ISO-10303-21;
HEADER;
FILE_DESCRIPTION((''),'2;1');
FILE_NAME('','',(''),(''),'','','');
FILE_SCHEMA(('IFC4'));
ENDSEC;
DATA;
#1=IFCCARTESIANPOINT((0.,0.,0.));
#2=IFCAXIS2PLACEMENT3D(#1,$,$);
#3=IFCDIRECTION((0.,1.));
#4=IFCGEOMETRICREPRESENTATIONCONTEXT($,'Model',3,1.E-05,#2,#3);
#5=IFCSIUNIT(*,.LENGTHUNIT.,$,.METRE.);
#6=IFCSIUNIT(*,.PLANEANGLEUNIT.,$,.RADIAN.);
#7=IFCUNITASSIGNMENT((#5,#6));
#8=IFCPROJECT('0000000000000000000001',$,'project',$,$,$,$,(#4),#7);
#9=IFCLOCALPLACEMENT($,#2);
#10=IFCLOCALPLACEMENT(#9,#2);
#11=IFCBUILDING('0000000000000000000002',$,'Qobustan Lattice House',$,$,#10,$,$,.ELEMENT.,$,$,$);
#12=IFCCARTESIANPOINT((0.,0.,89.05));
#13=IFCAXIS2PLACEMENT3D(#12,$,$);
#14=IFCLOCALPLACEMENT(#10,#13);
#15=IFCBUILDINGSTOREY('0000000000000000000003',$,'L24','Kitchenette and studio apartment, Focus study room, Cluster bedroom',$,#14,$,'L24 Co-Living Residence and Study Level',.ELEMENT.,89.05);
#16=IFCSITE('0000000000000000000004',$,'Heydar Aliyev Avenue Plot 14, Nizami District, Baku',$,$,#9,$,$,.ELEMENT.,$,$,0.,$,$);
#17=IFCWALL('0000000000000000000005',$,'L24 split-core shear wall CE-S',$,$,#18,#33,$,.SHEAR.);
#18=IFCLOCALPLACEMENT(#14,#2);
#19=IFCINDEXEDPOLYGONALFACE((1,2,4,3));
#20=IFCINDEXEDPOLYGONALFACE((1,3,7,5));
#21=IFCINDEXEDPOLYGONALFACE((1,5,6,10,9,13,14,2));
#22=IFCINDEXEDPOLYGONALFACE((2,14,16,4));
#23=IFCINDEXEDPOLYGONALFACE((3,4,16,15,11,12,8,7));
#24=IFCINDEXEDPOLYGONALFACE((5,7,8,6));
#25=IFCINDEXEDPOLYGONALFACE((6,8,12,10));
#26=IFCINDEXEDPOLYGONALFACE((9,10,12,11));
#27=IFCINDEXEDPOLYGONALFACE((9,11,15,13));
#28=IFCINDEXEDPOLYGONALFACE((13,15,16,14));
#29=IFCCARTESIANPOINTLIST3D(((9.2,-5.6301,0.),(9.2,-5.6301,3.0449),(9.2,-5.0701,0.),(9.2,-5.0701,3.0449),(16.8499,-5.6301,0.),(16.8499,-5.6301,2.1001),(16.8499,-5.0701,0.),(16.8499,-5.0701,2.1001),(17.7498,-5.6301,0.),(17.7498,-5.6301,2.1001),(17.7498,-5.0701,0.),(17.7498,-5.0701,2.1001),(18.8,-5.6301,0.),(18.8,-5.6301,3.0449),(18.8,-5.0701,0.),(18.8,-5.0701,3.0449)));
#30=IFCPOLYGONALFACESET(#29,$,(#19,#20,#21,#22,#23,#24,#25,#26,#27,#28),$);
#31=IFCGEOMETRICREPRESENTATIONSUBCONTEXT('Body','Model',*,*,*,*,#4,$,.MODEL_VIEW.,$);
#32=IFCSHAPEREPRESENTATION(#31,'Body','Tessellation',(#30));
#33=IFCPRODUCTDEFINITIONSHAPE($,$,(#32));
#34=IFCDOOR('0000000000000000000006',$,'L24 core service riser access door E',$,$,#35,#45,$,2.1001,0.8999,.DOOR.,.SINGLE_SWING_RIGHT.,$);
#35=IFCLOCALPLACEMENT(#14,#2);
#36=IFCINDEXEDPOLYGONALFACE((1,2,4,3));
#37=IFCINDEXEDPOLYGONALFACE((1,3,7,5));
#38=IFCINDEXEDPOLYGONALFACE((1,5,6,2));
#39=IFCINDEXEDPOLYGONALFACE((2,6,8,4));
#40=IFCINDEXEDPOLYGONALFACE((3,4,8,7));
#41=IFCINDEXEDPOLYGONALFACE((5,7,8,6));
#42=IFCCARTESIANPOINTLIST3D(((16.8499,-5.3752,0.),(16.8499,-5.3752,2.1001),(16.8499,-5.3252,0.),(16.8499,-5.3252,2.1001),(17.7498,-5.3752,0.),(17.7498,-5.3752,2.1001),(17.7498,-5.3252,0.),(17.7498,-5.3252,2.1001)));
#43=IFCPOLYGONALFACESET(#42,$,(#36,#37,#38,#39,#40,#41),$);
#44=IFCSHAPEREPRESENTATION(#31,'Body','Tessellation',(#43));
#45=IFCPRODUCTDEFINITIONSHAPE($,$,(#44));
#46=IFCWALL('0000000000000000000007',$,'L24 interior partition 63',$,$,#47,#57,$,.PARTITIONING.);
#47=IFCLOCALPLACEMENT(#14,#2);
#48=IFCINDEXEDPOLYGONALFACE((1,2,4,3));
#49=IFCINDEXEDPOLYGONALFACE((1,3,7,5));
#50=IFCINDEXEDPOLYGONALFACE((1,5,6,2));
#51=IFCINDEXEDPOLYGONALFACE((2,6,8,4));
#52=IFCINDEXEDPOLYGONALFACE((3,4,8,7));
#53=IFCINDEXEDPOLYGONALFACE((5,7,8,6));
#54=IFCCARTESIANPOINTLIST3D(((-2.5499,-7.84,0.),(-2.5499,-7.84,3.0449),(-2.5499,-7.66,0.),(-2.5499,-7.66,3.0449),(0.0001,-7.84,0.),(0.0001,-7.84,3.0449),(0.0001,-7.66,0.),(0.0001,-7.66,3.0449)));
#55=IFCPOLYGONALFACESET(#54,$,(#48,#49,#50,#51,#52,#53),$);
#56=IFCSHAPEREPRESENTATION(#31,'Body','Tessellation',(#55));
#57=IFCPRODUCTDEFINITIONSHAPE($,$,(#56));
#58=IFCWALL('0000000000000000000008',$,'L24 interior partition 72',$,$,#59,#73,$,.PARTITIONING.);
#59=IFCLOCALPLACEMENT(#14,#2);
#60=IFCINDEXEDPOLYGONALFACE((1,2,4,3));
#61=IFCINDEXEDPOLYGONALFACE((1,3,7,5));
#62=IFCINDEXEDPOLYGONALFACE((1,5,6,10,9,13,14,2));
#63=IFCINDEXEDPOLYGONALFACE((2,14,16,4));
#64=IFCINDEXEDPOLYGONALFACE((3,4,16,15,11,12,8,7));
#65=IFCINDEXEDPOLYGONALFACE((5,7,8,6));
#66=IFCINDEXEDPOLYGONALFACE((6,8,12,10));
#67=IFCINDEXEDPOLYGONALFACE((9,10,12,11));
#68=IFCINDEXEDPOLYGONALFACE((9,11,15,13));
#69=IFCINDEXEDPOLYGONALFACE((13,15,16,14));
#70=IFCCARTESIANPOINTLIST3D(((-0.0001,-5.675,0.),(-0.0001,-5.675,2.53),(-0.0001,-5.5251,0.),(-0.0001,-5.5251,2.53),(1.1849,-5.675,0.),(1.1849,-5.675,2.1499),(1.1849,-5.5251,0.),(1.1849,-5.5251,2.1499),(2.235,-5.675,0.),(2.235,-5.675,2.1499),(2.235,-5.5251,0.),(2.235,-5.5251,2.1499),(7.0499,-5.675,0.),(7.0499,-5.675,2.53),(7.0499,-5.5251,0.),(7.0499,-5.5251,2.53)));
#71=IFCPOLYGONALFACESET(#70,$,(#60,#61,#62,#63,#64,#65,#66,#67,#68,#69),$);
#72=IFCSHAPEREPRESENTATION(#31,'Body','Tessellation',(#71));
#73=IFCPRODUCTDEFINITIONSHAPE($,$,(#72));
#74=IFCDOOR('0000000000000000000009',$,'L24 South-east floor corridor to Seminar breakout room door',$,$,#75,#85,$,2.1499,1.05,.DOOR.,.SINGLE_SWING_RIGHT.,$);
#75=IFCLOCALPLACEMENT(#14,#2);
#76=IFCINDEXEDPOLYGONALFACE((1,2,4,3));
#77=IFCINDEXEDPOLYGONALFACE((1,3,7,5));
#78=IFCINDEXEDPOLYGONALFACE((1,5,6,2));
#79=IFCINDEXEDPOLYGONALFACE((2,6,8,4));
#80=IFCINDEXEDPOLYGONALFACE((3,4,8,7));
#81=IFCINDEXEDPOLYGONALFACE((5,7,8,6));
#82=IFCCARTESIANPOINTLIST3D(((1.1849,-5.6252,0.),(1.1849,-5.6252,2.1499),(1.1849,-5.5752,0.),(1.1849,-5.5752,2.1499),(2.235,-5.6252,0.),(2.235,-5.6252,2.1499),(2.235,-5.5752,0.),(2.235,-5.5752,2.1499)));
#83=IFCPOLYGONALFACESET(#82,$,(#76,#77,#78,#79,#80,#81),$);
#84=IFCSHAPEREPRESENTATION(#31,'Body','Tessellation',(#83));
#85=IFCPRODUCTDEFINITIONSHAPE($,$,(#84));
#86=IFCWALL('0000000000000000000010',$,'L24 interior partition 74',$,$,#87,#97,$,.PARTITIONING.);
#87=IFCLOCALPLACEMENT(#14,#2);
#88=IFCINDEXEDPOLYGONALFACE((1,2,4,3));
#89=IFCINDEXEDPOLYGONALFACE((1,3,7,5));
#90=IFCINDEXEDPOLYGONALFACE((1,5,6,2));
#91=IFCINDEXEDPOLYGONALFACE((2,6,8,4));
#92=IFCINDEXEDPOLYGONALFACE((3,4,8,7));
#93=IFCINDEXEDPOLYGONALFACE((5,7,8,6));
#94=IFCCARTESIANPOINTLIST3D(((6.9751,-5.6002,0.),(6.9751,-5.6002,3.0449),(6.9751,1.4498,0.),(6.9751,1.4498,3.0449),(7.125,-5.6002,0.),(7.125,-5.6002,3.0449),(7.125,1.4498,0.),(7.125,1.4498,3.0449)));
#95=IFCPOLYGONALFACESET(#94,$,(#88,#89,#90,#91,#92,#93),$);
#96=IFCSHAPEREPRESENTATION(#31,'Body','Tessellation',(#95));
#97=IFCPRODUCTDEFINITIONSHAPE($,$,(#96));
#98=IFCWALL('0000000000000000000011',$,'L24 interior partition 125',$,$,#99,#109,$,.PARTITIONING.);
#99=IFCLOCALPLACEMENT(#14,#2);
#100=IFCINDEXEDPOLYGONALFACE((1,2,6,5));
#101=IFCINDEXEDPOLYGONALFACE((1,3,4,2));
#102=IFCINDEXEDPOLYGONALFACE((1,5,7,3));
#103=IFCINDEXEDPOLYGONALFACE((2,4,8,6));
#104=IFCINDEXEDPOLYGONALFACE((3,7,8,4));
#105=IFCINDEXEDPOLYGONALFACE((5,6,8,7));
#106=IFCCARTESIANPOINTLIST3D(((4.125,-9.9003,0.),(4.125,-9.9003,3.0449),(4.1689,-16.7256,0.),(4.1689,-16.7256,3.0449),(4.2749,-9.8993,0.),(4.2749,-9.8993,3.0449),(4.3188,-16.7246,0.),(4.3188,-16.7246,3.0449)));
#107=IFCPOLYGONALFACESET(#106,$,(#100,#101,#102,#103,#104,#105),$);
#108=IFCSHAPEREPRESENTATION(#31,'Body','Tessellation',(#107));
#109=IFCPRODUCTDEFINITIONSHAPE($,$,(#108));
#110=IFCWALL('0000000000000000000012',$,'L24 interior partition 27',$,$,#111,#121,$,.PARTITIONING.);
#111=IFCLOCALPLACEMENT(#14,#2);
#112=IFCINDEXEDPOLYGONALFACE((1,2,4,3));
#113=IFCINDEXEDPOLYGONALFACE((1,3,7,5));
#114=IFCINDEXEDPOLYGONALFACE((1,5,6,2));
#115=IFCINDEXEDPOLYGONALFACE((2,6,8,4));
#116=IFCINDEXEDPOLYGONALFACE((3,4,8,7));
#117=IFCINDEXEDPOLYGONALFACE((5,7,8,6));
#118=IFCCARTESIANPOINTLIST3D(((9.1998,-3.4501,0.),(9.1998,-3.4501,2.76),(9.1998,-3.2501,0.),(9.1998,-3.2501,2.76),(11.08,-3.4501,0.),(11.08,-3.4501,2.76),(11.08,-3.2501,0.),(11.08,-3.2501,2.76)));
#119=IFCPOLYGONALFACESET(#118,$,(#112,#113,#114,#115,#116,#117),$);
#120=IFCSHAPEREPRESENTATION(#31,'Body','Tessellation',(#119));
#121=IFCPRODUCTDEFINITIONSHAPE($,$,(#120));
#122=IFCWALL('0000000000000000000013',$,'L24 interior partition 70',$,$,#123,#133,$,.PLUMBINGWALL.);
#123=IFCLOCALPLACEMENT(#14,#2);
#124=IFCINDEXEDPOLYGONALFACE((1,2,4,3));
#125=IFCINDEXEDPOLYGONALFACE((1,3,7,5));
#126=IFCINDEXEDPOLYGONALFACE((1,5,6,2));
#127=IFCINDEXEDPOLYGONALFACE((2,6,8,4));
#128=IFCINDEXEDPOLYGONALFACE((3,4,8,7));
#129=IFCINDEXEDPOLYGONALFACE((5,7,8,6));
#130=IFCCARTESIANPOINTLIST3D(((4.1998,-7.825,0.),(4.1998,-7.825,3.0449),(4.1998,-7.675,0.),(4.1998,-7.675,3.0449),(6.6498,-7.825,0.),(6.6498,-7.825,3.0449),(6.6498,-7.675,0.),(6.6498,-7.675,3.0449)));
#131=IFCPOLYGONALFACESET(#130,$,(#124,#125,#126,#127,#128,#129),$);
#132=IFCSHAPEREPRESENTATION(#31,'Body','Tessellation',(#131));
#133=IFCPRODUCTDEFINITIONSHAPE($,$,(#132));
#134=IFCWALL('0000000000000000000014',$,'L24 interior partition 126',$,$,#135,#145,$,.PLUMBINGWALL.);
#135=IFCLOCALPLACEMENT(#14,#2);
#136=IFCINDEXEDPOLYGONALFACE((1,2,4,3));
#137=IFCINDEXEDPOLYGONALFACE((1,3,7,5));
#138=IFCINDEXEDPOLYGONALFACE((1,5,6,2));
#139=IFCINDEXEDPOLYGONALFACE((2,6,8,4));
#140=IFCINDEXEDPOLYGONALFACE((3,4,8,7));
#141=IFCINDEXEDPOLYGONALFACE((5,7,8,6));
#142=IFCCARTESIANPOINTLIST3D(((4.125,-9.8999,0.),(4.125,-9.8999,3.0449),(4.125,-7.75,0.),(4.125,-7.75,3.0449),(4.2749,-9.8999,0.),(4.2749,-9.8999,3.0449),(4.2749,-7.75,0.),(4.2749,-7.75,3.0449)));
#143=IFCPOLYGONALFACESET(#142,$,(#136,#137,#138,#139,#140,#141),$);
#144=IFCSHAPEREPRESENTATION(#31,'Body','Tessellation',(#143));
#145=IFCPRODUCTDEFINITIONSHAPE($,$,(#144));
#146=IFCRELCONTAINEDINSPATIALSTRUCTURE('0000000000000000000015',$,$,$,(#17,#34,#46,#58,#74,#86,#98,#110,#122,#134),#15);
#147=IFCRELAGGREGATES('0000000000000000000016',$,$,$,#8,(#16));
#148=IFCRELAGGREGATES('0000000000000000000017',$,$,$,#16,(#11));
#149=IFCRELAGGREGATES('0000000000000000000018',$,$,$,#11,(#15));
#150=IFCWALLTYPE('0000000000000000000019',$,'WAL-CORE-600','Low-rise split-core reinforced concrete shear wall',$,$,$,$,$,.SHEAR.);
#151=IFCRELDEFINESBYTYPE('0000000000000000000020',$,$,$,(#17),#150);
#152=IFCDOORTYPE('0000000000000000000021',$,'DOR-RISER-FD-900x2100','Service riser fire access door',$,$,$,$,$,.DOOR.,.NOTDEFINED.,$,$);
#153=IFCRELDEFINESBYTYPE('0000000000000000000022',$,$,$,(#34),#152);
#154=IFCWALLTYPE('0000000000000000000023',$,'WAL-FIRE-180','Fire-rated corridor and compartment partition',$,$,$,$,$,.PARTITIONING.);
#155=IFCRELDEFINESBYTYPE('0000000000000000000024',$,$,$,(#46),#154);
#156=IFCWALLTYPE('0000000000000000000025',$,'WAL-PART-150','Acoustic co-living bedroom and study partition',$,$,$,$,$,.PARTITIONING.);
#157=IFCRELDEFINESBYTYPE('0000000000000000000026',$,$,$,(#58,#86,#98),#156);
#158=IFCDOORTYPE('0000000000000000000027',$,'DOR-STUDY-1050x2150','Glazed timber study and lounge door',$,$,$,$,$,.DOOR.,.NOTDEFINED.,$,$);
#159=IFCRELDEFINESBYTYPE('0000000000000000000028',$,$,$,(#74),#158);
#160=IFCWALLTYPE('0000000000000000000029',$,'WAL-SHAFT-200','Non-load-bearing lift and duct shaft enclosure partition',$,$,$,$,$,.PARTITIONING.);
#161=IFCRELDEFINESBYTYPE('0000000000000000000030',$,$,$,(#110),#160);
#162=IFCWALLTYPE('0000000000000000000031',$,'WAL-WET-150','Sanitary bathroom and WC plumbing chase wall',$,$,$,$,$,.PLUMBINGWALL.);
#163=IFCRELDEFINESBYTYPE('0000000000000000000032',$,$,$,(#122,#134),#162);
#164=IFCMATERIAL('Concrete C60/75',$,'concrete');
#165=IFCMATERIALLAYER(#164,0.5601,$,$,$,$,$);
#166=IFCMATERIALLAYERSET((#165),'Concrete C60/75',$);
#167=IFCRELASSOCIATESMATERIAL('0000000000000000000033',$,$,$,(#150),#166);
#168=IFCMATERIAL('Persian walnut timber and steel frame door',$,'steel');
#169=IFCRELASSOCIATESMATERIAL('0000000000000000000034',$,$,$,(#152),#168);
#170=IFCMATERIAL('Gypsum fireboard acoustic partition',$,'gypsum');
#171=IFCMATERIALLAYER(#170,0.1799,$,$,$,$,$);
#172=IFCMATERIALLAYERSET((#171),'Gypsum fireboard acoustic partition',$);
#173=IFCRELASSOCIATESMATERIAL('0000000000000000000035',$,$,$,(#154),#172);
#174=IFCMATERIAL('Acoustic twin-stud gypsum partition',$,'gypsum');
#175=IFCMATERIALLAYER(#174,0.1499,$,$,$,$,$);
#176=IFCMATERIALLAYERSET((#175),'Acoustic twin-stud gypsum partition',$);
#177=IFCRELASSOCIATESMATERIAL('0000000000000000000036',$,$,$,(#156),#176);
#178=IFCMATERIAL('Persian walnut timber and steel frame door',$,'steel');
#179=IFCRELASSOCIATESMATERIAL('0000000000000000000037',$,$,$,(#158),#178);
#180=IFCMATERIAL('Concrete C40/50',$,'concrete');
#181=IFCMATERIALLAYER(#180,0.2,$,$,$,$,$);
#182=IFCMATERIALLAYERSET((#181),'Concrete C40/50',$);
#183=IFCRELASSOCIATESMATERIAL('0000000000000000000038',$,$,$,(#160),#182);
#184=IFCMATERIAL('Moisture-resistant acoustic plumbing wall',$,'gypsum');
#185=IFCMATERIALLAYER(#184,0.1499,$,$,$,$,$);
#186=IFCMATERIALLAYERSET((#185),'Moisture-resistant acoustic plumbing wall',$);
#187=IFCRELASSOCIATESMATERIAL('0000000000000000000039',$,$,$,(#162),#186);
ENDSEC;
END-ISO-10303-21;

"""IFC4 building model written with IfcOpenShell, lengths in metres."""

from ifc_helpers import new_model, si_unit, direction, frame, frame_2d, origin, place, context, subcontext, project, spatial, rectangle, extrude, material, layer, layer_set, type_object, element, fill, save


model = new_model("IFC4")

# Units and contexts
model_context = context("Model", 3, precision=1e-05, world=origin(), true_north=direction((0.0, 1.0)))
body_context = subcontext(model_context, "Body", "Model", "MODEL_VIEW")
ifc_project = project(units=[si_unit("LENGTHUNIT", "METRE"), si_unit("PLANEANGLEUNIT", "RADIAN")], contexts=[model_context])

# Site, building, storey
site_placement = place(None, origin())
site = spatial("IfcSite", under=ifc_project, at=site_placement, Name="Heydar Aliyev Avenue Plot 14, Nizami District, Baku", CompositionType="ELEMENT", RefElevation=0.0)
building_placement = place(site_placement, origin())
building = spatial("IfcBuilding", under=site, at=building_placement, Name="Qobustan Lattice House", CompositionType="ELEMENT")
storey_placement = place(building_placement, frame((0.0, 0.0, 89.05)))
storey = spatial("IfcBuildingStorey", under=building, at=storey_placement, Name="L24", Description="Kitchenette and studio apartment, Focus study room, Cluster bedroom", LongName="L24 Co-Living Residence and Study Level", CompositionType="ELEMENT", Elevation=89.05)

# Wall, opening, door
ifc_material_1 = material(Name="Concrete C60/75", Category="concrete")
ifc_layer_1 = layer(ifc_material_1, 0.5601)
ifc_layer_set_1 = layer_set([ifc_layer_1], Name="Concrete C60/75")
wall_type_1 = type_object("IfcWallType", Name="WAL-CORE-600", Description="Low-rise split-core reinforced concrete shear wall", PredefinedType="SHEAR", material=ifc_layer_set_1)
wall_1_placement = place(storey_placement, frame((9.2, -5.3501, 0.0), z_axis=(0.0, 0.0, 1.0), x_axis=(1.0, 0.0, 0.0)))
wall_1 = element("IfcWall", 1, at=wall_1_placement, inside=storey, type_object=wall_type_1, Name="L24 split-core shear wall CE-S", PredefinedType="SHEAR", context=body_context, shape_type="SweptSolid", body=[
    extrude(rectangle(XDim=9.6001, YDim=0.5601, at=frame_2d((4.8, 0.0))), origin(), (0.0, 0.0, 1.0), 3.0449),
])
opening_1_placement = place(wall_1_placement, frame((7.6499, 0.0, 0.0)))
opening_1 = element("IfcOpeningElement", 2, at=opening_1_placement, cuts=wall_1, PredefinedType="OPENING", context=body_context, shape_type="SweptSolid", body=[
    extrude(rectangle(XDim=0.8999, YDim=2.1001, at=frame_2d((0.45, 1.05))), frame((0.0, 0.29, 0.0), z_axis=(0.0, -1.0, 0.0), x_axis=(1.0, 0.0, 0.0)), (0.0, 0.0, 1.0), 0.5801),
])
ifc_material_2 = material(Name="Persian walnut timber and steel frame door", Category="steel")
door_type_1 = type_object("IfcDoorType", Name="DOR-RISER-FD-900x2100", Description="Service riser fire access door", OperationType="NOTDEFINED", PredefinedType="DOOR", material=ifc_material_2)
door_1_placement = place(opening_1_placement, origin())
door_1 = element("IfcDoor", 3, at=door_1_placement, inside=storey, type_object=door_type_1, Name="L24 core service riser access door E", OperationType="SINGLE_SWING_RIGHT", OverallHeight=2.1001, OverallWidth=0.8999, PredefinedType="DOOR", context=body_context, shape_type="SweptSolid", body=[
    extrude(rectangle(XDim=0.8999, YDim=2.1001, at=frame_2d((0.45, 1.05))), frame((0.0, 0.0249, 0.0), z_axis=(0.0, -1.0, 0.0), x_axis=(1.0, 0.0, 0.0)), (0.0, 0.0, 1.0), 0.05),
])
fill(opening_1, door_1)

# Wall
ifc_material_3 = material(Name="Gypsum fireboard acoustic partition", Category="gypsum")
ifc_layer_2 = layer(ifc_material_3, 0.1799)
ifc_layer_set_2 = layer_set([ifc_layer_2], Name="Gypsum fireboard acoustic partition")
wall_type_2 = type_object("IfcWallType", Name="WAL-FIRE-180", Description="Fire-rated corridor and compartment partition", PredefinedType="PARTITIONING", material=ifc_layer_set_2)
wall_2_placement = place(storey_placement, frame((0.0, -7.75, 0.0), z_axis=(0.0, 0.0, 1.0), x_axis=(-1.0, 0.0, 0.0)))
element("IfcWall", 4, at=wall_2_placement, inside=storey, type_object=wall_type_2, Name="L24 interior partition 63", PredefinedType="PARTITIONING", context=body_context, shape_type="SweptSolid", body=[
    extrude(rectangle(XDim=2.55, YDim=0.1799, at=frame_2d((1.2749, 0.0))), origin(), (0.0, 0.0, 1.0), 3.0449),
])

# Wall, opening, door
ifc_material_4 = material(Name="Acoustic twin-stud gypsum partition", Category="gypsum")
ifc_layer_3 = layer(ifc_material_4, 0.1499)
ifc_layer_set_3 = layer_set([ifc_layer_3], Name="Acoustic twin-stud gypsum partition")
wall_type_3 = type_object("IfcWallType", Name="WAL-PART-150", Description="Acoustic co-living bedroom and study partition", PredefinedType="PARTITIONING", material=ifc_layer_set_3)
wall_3_placement = place(storey_placement, frame((0.0, -5.6001, 0.0), z_axis=(0.0, 0.0, 1.0), x_axis=(1.0, 0.0, 0.0)))
wall_3 = element("IfcWall", 5, at=wall_3_placement, inside=storey, type_object=wall_type_3, Name="L24 interior partition 72", PredefinedType="PARTITIONING", context=body_context, shape_type="SweptSolid", body=[
    extrude(rectangle(XDim=7.05, YDim=0.1499, at=frame_2d((3.5249, 0.0))), origin(), (0.0, 0.0, 1.0), 2.53),
])
opening_2_placement = place(wall_3_placement, frame((1.1851, 0.0, 0.0)))
opening_2 = element("IfcOpeningElement", 6, at=opening_2_placement, cuts=wall_3, PredefinedType="OPENING", context=body_context, shape_type="SweptSolid", body=[
    extrude(rectangle(XDim=1.05, YDim=2.1499, at=frame_2d((0.5249, 1.075))), frame((0.0, 0.085, 0.0), z_axis=(0.0, -1.0, 0.0), x_axis=(1.0, 0.0, 0.0)), (0.0, 0.0, 1.0), 0.1699),
])
ifc_material_5 = material(Name="Persian walnut timber and steel frame door", Category="steel")
door_type_2 = type_object("IfcDoorType", Name="DOR-STUDY-1050x2150", Description="Glazed timber study and lounge door", OperationType="NOTDEFINED", PredefinedType="DOOR", material=ifc_material_5)
door_2_placement = place(opening_2_placement, origin())
door_2 = element("IfcDoor", 7, at=door_2_placement, inside=storey, type_object=door_type_2, Name="L24 South-east floor corridor to Seminar breakout room door", OperationType="SINGLE_SWING_RIGHT", OverallHeight=2.1499, OverallWidth=1.05, PredefinedType="DOOR", context=body_context, shape_type="SweptSolid", body=[
    extrude(rectangle(XDim=1.05, YDim=2.1499, at=frame_2d((0.5249, 1.075))), frame((0.0, 0.0249, 0.0), z_axis=(0.0, -1.0, 0.0), x_axis=(1.0, 0.0, 0.0)), (0.0, 0.0, 1.0), 0.05),
])
fill(opening_2, door_2)

# Walls
wall_4_placement = place(storey_placement, frame((7.05, -5.6001, 0.0), z_axis=(0.0, 0.0, 1.0), x_axis=(0.0, 1.0, 0.0)))
element("IfcWall", 8, at=wall_4_placement, inside=storey, type_object=wall_type_3, Name="L24 interior partition 74", PredefinedType="PARTITIONING", context=body_context, shape_type="SweptSolid", body=[
    extrude(rectangle(XDim=7.05, YDim=0.1499, at=frame_2d((3.5249, 0.0))), origin(), (0.0, 0.0, 1.0), 3.0449),
])
wall_5_placement = place(storey_placement, frame((4.2, -9.8999, 0.0), z_axis=(0.0, 0.0, 1.0), x_axis=(0.006439, -0.999979, 0.0)))
element("IfcWall", 9, at=wall_5_placement, inside=storey, type_object=wall_type_3, Name="L24 interior partition 125", PredefinedType="PARTITIONING", context=body_context, shape_type="SweptSolid", body=[
    extrude(rectangle(XDim=6.8254, YDim=0.1499, at=frame_2d((3.4126, 0.0))), origin(), (0.0, 0.0, 1.0), 3.0449),
])
ifc_material_6 = material(Name="Concrete C40/50", Category="concrete")
ifc_layer_4 = layer(ifc_material_6, 0.2)
ifc_layer_set_4 = layer_set([ifc_layer_4], Name="Concrete C40/50")
wall_type_4 = type_object("IfcWallType", Name="WAL-SHAFT-200", Description="Non-load-bearing lift and duct shaft enclosure partition", PredefinedType="PARTITIONING", material=ifc_layer_set_4)
wall_6_placement = place(storey_placement, frame((9.2, -3.3501, 0.0), z_axis=(0.0, 0.0, 1.0), x_axis=(1.0, 0.0, 0.0)))
element("IfcWall", 10, at=wall_6_placement, inside=storey, type_object=wall_type_4, Name="L24 interior partition 27", PredefinedType="PARTITIONING", context=body_context, shape_type="SweptSolid", body=[
    extrude(rectangle(XDim=1.8801, YDim=0.2, at=frame_2d((0.9399, 0.0))), origin(), (0.0, 0.0, 1.0), 2.76),
])
ifc_material_7 = material(Name="Moisture-resistant acoustic plumbing wall", Category="gypsum")
ifc_layer_5 = layer(ifc_material_7, 0.1499)
ifc_layer_set_5 = layer_set([ifc_layer_5], Name="Moisture-resistant acoustic plumbing wall")
wall_type_5 = type_object("IfcWallType", Name="WAL-WET-150", Description="Sanitary bathroom and WC plumbing chase wall", PredefinedType="PLUMBINGWALL", material=ifc_layer_set_5)
wall_7_placement = place(storey_placement, frame((6.6499, -7.75, 0.0), z_axis=(0.0, 0.0, 1.0), x_axis=(-1.0, 0.0, 0.0)))
element("IfcWall", 11, at=wall_7_placement, inside=storey, type_object=wall_type_5, Name="L24 interior partition 70", PredefinedType="PLUMBINGWALL", context=body_context, shape_type="SweptSolid", body=[
    extrude(rectangle(XDim=2.45, YDim=0.1499, at=frame_2d((1.2251, 0.0))), origin(), (0.0, 0.0, 1.0), 3.0449),
])
wall_8_placement = place(storey_placement, frame((4.2, -7.75, 0.0), z_axis=(0.0, 0.0, 1.0), x_axis=(0.0, -1.0, 0.0)))
element("IfcWall", 12, at=wall_8_placement, inside=storey, type_object=wall_type_5, Name="L24 interior partition 126", PredefinedType="PLUMBINGWALL", context=body_context, shape_type="SweptSolid", body=[
    extrude(rectangle(XDim=2.1499, YDim=0.1499, at=frame_2d((1.075, 0.0))), origin(), (0.0, 0.0, 1.0), 3.0449),
])

save(model, "model.ifc")
